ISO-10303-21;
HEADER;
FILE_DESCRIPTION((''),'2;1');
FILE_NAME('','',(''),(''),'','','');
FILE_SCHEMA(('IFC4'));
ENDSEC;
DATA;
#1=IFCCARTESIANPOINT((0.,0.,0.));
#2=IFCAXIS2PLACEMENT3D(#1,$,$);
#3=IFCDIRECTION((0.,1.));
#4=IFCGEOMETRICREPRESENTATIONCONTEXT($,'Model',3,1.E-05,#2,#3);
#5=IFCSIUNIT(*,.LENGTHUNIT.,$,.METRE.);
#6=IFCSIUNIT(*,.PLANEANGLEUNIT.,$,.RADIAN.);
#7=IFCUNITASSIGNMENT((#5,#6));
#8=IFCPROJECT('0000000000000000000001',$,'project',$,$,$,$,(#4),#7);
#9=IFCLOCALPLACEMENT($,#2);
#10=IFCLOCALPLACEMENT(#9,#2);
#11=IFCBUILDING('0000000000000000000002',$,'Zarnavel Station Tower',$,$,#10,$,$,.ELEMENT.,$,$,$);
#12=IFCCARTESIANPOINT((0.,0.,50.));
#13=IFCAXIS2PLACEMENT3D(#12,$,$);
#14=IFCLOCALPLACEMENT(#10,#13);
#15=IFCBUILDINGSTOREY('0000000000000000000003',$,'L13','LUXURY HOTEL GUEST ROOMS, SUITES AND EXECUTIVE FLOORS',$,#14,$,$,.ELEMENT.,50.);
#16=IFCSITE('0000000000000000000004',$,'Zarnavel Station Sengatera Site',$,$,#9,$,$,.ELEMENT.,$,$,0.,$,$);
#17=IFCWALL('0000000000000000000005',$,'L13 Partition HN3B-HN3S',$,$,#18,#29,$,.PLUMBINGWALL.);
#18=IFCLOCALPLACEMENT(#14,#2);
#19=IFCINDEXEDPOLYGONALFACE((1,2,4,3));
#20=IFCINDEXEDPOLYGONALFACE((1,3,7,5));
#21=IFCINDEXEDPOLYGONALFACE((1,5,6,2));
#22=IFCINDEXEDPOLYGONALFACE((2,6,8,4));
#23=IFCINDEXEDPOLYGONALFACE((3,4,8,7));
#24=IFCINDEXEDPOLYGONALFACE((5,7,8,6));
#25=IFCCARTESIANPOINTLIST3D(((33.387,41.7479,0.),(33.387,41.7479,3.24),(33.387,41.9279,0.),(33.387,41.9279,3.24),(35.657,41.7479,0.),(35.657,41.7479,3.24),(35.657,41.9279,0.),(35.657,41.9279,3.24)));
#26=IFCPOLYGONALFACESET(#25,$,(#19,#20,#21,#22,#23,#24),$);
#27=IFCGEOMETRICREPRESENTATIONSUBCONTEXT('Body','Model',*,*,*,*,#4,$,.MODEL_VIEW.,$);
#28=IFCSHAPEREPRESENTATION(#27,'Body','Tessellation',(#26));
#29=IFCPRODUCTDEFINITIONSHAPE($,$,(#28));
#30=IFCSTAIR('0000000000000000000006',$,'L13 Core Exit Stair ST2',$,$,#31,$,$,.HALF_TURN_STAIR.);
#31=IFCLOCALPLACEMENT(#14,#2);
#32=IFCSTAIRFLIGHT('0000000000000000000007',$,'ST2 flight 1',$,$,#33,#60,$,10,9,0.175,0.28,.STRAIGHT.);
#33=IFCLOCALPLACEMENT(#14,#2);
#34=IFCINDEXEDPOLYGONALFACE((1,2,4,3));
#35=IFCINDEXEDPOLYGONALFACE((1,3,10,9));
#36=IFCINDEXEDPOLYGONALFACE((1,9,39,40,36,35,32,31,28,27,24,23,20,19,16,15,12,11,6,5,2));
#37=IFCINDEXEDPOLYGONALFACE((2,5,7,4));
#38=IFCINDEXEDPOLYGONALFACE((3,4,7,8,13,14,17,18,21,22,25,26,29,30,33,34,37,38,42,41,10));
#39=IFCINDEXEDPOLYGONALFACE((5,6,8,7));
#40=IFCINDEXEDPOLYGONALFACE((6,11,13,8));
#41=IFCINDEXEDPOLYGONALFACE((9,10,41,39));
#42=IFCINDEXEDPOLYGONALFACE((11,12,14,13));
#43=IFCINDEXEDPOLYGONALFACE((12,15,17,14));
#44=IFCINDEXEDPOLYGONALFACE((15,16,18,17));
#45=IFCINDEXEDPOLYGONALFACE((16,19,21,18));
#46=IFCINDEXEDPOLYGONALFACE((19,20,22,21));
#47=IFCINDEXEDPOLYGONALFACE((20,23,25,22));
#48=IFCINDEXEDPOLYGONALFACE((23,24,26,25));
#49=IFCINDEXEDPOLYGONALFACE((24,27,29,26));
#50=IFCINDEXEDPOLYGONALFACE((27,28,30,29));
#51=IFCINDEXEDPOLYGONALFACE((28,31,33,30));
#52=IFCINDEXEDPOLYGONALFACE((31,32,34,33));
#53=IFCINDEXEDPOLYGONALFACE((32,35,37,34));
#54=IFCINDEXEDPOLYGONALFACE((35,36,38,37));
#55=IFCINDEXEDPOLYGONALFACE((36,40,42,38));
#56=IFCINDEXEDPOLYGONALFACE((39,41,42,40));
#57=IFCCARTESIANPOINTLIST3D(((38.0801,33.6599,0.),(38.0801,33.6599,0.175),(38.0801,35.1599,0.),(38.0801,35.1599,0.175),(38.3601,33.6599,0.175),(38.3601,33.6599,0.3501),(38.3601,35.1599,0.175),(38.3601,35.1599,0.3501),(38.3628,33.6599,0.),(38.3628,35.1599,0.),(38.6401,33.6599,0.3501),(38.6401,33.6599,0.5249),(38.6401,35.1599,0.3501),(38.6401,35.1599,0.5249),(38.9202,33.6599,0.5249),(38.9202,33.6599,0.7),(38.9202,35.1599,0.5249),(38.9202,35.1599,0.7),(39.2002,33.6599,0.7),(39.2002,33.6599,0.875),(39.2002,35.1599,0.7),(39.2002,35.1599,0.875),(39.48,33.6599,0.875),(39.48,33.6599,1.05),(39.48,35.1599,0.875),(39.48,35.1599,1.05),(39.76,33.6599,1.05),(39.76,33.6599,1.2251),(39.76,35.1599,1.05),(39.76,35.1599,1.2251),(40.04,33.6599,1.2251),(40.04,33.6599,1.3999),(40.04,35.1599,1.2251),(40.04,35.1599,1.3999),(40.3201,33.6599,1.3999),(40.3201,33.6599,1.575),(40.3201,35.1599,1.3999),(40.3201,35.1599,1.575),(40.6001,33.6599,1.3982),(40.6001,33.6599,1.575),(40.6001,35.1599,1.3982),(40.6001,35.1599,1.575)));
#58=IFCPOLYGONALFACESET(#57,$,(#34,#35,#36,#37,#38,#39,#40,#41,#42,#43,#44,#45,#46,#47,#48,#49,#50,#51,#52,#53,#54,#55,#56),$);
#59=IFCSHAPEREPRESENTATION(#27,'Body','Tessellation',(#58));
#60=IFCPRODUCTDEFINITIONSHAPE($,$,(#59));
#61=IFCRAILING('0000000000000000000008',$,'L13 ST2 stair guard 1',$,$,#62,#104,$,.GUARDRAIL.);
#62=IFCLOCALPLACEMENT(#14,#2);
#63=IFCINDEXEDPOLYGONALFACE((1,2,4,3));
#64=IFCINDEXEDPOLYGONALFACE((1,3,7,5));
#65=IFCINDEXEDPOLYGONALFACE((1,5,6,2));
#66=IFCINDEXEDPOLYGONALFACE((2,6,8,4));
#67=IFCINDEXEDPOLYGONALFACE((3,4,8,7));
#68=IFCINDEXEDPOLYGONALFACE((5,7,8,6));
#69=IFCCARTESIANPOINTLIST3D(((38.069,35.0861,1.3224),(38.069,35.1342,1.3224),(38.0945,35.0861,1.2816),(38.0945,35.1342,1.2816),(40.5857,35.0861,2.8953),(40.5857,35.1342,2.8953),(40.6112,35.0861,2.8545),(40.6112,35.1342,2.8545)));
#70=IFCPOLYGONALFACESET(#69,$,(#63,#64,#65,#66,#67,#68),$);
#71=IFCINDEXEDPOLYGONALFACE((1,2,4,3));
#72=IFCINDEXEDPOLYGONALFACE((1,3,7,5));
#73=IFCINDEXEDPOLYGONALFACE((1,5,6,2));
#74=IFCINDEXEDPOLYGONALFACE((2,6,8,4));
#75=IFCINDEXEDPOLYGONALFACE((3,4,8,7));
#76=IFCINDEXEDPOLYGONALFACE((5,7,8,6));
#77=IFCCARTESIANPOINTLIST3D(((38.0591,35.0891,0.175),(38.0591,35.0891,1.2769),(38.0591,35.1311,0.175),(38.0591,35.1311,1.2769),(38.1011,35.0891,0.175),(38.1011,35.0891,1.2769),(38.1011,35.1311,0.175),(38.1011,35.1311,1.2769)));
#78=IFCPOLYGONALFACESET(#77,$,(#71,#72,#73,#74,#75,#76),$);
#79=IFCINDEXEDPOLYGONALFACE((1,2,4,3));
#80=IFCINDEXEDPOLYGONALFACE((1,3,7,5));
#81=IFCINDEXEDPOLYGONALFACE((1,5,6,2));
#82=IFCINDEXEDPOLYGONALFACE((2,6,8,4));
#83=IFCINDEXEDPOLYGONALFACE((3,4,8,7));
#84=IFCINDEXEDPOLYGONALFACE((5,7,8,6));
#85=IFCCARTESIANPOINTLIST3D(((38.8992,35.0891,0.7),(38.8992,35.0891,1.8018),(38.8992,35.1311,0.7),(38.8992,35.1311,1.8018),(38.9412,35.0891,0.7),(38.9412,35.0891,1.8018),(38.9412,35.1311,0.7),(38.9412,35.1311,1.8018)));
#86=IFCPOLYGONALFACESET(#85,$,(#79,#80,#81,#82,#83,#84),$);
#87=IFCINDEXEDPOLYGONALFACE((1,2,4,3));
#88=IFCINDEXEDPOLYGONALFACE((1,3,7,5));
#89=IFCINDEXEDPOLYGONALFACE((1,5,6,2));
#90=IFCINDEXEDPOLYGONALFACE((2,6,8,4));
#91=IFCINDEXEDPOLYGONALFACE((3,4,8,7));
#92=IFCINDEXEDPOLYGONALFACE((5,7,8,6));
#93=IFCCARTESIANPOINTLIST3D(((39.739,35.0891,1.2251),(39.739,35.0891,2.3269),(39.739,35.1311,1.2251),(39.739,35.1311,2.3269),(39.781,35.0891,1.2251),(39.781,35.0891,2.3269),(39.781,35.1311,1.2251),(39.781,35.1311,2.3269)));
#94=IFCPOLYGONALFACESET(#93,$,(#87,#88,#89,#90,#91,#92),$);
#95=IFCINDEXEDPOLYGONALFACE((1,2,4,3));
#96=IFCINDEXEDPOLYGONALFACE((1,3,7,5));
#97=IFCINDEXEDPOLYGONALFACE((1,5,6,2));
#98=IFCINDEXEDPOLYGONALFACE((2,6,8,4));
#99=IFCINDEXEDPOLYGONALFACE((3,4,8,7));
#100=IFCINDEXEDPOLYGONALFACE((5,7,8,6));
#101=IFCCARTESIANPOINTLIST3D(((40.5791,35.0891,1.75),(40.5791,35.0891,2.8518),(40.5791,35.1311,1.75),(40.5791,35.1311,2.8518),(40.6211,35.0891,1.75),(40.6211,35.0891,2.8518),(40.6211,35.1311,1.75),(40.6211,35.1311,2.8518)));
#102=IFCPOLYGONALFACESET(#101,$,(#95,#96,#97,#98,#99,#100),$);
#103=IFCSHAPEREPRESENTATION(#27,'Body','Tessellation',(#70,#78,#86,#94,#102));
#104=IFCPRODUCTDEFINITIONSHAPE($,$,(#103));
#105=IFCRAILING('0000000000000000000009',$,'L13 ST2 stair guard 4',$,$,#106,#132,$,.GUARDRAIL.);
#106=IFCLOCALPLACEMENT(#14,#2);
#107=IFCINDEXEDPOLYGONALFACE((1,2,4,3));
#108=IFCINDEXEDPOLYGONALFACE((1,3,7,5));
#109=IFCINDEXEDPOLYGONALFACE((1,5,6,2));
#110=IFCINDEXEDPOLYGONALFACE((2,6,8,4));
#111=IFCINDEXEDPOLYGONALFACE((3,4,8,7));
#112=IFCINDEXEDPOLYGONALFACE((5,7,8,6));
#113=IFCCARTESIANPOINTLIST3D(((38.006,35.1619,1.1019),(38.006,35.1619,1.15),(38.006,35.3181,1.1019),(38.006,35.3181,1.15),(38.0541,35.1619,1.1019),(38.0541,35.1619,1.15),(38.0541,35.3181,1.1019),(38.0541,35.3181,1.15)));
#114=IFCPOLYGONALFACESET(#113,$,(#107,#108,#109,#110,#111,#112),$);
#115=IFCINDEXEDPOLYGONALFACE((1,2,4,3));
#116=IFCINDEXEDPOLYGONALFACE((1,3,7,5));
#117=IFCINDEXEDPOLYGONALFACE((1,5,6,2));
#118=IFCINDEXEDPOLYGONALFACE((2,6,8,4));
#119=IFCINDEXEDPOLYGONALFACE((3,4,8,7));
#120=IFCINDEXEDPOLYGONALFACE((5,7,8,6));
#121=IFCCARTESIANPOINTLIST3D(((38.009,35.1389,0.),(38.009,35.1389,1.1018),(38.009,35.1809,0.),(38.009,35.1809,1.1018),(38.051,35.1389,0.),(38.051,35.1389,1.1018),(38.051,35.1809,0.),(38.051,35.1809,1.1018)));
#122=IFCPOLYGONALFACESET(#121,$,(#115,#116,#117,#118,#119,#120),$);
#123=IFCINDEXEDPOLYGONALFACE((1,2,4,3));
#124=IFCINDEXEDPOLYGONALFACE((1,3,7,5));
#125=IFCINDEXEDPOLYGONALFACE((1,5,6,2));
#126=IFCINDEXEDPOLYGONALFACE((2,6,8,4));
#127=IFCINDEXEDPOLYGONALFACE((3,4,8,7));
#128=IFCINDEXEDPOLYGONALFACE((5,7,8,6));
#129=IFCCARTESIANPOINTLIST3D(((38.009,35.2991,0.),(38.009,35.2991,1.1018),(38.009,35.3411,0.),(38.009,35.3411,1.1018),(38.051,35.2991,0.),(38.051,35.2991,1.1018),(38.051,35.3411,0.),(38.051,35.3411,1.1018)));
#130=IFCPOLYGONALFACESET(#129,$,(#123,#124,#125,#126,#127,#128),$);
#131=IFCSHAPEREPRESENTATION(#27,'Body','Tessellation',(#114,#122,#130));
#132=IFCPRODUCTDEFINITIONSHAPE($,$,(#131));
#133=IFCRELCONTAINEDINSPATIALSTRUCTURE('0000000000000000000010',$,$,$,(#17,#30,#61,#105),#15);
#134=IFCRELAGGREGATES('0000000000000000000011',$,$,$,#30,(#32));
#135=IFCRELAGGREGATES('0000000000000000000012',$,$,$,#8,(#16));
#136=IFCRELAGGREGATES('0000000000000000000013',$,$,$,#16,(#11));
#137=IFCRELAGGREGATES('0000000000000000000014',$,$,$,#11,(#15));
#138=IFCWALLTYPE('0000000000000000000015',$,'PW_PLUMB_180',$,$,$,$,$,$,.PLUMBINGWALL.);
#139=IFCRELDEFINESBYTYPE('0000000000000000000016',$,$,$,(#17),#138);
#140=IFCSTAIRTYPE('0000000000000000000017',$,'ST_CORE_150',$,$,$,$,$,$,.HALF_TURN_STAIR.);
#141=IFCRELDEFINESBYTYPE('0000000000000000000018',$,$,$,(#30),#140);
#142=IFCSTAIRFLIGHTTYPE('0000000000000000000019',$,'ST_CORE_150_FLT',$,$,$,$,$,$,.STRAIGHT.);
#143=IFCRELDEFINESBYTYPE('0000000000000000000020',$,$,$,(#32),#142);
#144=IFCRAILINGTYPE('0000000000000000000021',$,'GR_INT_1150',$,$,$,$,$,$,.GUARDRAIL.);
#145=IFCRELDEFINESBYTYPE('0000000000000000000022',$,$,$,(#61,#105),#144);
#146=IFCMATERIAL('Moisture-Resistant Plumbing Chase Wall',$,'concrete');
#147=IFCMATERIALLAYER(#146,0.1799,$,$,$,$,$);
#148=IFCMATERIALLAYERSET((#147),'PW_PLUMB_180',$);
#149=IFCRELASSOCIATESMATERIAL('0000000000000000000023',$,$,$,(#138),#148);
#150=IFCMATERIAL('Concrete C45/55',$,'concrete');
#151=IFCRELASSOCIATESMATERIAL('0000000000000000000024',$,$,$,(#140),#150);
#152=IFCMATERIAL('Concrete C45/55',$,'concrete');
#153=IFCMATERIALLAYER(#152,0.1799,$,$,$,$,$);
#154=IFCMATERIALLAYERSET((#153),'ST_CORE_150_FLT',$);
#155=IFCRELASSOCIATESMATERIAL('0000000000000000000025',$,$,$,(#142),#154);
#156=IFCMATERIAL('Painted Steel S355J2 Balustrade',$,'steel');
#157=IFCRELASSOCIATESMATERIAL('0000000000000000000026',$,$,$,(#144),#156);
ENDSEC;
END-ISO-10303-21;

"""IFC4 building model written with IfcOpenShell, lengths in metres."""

from ifc_helpers import new_model, si_unit, direction, frame, frame_2d, origin, origin_2d, place, context, subcontext, project, spatial, polyline, rectangle, outline, extrude, material, layer, layer_set, type_object, element, aggregate, save


model = new_model("IFC4")

# Units and contexts
model_context = context("Model", 3, precision=1e-05, world=origin(), true_north=direction((0.0, 1.0)))
body_context = subcontext(model_context, "Body", "Model", "MODEL_VIEW")
ifc_project = project(units=[si_unit("LENGTHUNIT", "METRE"), si_unit("PLANEANGLEUNIT", "RADIAN")], contexts=[model_context])

# Site, building, storey
site_placement = place(None, origin())
site = spatial("IfcSite", under=ifc_project, at=site_placement, Name="Zarnavel Station Sengatera Site", CompositionType="ELEMENT", RefElevation=0.0)
building_placement = place(site_placement, origin())
building = spatial("IfcBuilding", under=site, at=building_placement, Name="Zarnavel Station Tower", CompositionType="ELEMENT")
storey_placement = place(building_placement, frame((0.0, 0.0, 50.0)))
storey = spatial("IfcBuildingStorey", under=building, at=storey_placement, Name="L13", Description="LUXURY HOTEL GUEST ROOMS, SUITES AND EXECUTIVE FLOORS", CompositionType="ELEMENT", Elevation=50.0)

# Shared definitions
ifc_material_1 = material(Name="Moisture-Resistant Plumbing Chase Wall", Category="concrete")
ifc_layer_1 = layer(ifc_material_1, 0.1799)
ifc_layer_set_1 = layer_set([ifc_layer_1], Name="PW_PLUMB_180")
wall_type_1 = type_object("IfcWallType", Name="PW_PLUMB_180", PredefinedType="PLUMBINGWALL", material=ifc_layer_set_1)

# Wall
wall_1_placement = place(storey_placement, frame((33.387, 41.8379, 0.0), z_axis=(0.0, 0.0, 1.0), x_axis=(1.0, 0.0, 0.0)))
element("IfcWall", 1, at=wall_1_placement, inside=storey, type_object=wall_type_1, Name="L13 Partition HN3B-HN3S", PredefinedType="PLUMBINGWALL", context=body_context, shape_type="SweptSolid", body=[
    extrude(rectangle(XDim=2.27, YDim=0.1799, at=frame_2d((1.135, 0.0))), origin(), (0.0, 0.0, 1.0), 3.24),
])

# Stair, stair flight
ifc_material_2 = material(Name="Concrete C45/55", Category="concrete")
stair_type = type_object("IfcStairType", Name="ST_CORE_150", PredefinedType="HALF_TURN_STAIR", material=ifc_material_2)
stair_placement = place(storey_placement, origin())
stair = element("IfcStair", 2, at=stair_placement, inside=storey, type_object=stair_type, Name="L13 Core Exit Stair ST2", PredefinedType="HALF_TURN_STAIR")
ifc_material_3 = material(Name="Concrete C45/55", Category="concrete")
ifc_layer_2 = layer(ifc_material_3, 0.1799)
ifc_layer_set_2 = layer_set([ifc_layer_2], Name="ST_CORE_150_FLT")
stair_flight_type = type_object("IfcStairFlightType", Name="ST_CORE_150_FLT", PredefinedType="STRAIGHT", material=ifc_layer_set_2)
stair_flight_placement = place(storey_placement, frame((38.0801, 34.4099, 0.0), z_axis=(0.0, 0.0, 1.0), x_axis=(1.0, 0.0, 0.0)))
stair_flight = element("IfcStairFlight", 3, at=stair_flight_placement, type_object=stair_flight_type, Name="ST2 flight 1", NumberOfRisers=10, NumberOfTreads=9, PredefinedType="STRAIGHT", RiserHeight=0.175, TreadLength=0.28, context=body_context, shape_type="SweptSolid", body=[
    extrude(outline(polyline([(0.0, 0.0), (0.0, 0.175), (0.28, 0.175), (0.28, 0.3501), (0.5601, 0.3501), (0.5601, 0.5249), (0.8401, 0.5249), (0.8401, 0.7), (1.1201, 0.7), (1.1201, 0.875), (1.3999, 0.875), (1.3999, 1.05), (1.6799, 1.05), (1.6799, 1.2251), (1.96, 1.2251), (1.96, 1.3999), (2.24, 1.3999), (2.24, 1.575), (2.52, 1.575), (2.52, 1.75), (2.52, 1.3982), (0.2827, 0.0), (0.0, 0.0)])), frame((0.0, 0.75, 0.0), z_axis=(0.0, -1.0, 0.0), x_axis=(1.0, 0.0, 0.0)), (0.0, 0.0, 1.0), 1.5),
])
aggregate(stair, [stair_flight])

# Railings
ifc_material_4 = material(Name="Painted Steel S355J2 Balustrade", Category="steel")
railing_type = type_object("IfcRailingType", Name="GR_INT_1150", PredefinedType="GUARDRAIL", material=ifc_material_4)
railing_1_placement = place(storey_placement, frame((38.0801, 35.1101, 0.175)))
element("IfcRailing", 4, at=railing_1_placement, inside=storey, type_object=railing_type, Name="L13 ST2 stair guard 1", PredefinedType="GUARDRAIL", context=body_context, shape_type="SweptSolid", body=[
    extrude(rectangle(XDim=0.0481, YDim=0.0481, at=origin_2d()), frame((0.0017, 0.0, 1.127), z_axis=(0.848008, 0.0, 0.529984), x_axis=(0.0, 1.0, 0.0)), (0.0, 0.0, 1.0), 2.9678),
    extrude(rectangle(XDim=0.042, YDim=0.042, at=origin_2d()), origin(), (0.0, 0.0, 1.0), 1.1018),
    extrude(rectangle(XDim=0.042, YDim=0.042, at=origin_2d()), frame((0.8401, 0.0, 0.5249)), (0.0, 0.0, 1.0), 1.1018),
    extrude(rectangle(XDim=0.042, YDim=0.042, at=origin_2d()), frame((1.6799, 0.0, 1.05)), (0.0, 0.0, 1.0), 1.1018),
    extrude(rectangle(XDim=0.042, YDim=0.042, at=origin_2d()), frame((2.52, 0.0, 1.575)), (0.0, 0.0, 1.0), 1.1018),
])
railing_2_placement = place(storey_placement, frame((38.03, 35.1599, 0.0)))
element("IfcRailing", 5, at=railing_2_placement, inside=storey, type_object=railing_type, Name="L13 ST2 stair guard 4", PredefinedType="GUARDRAIL", context=body_context, shape_type="SweptSolid", body=[
    extrude(rectangle(XDim=0.0481, YDim=0.0481, at=origin_2d()), frame((0.0, 0.002, 1.126), z_axis=(0.0, 1.0, 0.0), x_axis=(-1.0, 0.0, 0.0)), (0.0, 0.0, 1.0), 0.1562),
    extrude(rectangle(XDim=0.042, YDim=0.042, at=origin_2d()), origin(), (0.0, 0.0, 1.0), 1.1018),
    extrude(rectangle(XDim=0.042, YDim=0.042, at=origin_2d()), frame((0.0, 0.1602, 0.0)), (0.0, 0.0, 1.0), 1.1018),
])

save(model, "model.ifc")
